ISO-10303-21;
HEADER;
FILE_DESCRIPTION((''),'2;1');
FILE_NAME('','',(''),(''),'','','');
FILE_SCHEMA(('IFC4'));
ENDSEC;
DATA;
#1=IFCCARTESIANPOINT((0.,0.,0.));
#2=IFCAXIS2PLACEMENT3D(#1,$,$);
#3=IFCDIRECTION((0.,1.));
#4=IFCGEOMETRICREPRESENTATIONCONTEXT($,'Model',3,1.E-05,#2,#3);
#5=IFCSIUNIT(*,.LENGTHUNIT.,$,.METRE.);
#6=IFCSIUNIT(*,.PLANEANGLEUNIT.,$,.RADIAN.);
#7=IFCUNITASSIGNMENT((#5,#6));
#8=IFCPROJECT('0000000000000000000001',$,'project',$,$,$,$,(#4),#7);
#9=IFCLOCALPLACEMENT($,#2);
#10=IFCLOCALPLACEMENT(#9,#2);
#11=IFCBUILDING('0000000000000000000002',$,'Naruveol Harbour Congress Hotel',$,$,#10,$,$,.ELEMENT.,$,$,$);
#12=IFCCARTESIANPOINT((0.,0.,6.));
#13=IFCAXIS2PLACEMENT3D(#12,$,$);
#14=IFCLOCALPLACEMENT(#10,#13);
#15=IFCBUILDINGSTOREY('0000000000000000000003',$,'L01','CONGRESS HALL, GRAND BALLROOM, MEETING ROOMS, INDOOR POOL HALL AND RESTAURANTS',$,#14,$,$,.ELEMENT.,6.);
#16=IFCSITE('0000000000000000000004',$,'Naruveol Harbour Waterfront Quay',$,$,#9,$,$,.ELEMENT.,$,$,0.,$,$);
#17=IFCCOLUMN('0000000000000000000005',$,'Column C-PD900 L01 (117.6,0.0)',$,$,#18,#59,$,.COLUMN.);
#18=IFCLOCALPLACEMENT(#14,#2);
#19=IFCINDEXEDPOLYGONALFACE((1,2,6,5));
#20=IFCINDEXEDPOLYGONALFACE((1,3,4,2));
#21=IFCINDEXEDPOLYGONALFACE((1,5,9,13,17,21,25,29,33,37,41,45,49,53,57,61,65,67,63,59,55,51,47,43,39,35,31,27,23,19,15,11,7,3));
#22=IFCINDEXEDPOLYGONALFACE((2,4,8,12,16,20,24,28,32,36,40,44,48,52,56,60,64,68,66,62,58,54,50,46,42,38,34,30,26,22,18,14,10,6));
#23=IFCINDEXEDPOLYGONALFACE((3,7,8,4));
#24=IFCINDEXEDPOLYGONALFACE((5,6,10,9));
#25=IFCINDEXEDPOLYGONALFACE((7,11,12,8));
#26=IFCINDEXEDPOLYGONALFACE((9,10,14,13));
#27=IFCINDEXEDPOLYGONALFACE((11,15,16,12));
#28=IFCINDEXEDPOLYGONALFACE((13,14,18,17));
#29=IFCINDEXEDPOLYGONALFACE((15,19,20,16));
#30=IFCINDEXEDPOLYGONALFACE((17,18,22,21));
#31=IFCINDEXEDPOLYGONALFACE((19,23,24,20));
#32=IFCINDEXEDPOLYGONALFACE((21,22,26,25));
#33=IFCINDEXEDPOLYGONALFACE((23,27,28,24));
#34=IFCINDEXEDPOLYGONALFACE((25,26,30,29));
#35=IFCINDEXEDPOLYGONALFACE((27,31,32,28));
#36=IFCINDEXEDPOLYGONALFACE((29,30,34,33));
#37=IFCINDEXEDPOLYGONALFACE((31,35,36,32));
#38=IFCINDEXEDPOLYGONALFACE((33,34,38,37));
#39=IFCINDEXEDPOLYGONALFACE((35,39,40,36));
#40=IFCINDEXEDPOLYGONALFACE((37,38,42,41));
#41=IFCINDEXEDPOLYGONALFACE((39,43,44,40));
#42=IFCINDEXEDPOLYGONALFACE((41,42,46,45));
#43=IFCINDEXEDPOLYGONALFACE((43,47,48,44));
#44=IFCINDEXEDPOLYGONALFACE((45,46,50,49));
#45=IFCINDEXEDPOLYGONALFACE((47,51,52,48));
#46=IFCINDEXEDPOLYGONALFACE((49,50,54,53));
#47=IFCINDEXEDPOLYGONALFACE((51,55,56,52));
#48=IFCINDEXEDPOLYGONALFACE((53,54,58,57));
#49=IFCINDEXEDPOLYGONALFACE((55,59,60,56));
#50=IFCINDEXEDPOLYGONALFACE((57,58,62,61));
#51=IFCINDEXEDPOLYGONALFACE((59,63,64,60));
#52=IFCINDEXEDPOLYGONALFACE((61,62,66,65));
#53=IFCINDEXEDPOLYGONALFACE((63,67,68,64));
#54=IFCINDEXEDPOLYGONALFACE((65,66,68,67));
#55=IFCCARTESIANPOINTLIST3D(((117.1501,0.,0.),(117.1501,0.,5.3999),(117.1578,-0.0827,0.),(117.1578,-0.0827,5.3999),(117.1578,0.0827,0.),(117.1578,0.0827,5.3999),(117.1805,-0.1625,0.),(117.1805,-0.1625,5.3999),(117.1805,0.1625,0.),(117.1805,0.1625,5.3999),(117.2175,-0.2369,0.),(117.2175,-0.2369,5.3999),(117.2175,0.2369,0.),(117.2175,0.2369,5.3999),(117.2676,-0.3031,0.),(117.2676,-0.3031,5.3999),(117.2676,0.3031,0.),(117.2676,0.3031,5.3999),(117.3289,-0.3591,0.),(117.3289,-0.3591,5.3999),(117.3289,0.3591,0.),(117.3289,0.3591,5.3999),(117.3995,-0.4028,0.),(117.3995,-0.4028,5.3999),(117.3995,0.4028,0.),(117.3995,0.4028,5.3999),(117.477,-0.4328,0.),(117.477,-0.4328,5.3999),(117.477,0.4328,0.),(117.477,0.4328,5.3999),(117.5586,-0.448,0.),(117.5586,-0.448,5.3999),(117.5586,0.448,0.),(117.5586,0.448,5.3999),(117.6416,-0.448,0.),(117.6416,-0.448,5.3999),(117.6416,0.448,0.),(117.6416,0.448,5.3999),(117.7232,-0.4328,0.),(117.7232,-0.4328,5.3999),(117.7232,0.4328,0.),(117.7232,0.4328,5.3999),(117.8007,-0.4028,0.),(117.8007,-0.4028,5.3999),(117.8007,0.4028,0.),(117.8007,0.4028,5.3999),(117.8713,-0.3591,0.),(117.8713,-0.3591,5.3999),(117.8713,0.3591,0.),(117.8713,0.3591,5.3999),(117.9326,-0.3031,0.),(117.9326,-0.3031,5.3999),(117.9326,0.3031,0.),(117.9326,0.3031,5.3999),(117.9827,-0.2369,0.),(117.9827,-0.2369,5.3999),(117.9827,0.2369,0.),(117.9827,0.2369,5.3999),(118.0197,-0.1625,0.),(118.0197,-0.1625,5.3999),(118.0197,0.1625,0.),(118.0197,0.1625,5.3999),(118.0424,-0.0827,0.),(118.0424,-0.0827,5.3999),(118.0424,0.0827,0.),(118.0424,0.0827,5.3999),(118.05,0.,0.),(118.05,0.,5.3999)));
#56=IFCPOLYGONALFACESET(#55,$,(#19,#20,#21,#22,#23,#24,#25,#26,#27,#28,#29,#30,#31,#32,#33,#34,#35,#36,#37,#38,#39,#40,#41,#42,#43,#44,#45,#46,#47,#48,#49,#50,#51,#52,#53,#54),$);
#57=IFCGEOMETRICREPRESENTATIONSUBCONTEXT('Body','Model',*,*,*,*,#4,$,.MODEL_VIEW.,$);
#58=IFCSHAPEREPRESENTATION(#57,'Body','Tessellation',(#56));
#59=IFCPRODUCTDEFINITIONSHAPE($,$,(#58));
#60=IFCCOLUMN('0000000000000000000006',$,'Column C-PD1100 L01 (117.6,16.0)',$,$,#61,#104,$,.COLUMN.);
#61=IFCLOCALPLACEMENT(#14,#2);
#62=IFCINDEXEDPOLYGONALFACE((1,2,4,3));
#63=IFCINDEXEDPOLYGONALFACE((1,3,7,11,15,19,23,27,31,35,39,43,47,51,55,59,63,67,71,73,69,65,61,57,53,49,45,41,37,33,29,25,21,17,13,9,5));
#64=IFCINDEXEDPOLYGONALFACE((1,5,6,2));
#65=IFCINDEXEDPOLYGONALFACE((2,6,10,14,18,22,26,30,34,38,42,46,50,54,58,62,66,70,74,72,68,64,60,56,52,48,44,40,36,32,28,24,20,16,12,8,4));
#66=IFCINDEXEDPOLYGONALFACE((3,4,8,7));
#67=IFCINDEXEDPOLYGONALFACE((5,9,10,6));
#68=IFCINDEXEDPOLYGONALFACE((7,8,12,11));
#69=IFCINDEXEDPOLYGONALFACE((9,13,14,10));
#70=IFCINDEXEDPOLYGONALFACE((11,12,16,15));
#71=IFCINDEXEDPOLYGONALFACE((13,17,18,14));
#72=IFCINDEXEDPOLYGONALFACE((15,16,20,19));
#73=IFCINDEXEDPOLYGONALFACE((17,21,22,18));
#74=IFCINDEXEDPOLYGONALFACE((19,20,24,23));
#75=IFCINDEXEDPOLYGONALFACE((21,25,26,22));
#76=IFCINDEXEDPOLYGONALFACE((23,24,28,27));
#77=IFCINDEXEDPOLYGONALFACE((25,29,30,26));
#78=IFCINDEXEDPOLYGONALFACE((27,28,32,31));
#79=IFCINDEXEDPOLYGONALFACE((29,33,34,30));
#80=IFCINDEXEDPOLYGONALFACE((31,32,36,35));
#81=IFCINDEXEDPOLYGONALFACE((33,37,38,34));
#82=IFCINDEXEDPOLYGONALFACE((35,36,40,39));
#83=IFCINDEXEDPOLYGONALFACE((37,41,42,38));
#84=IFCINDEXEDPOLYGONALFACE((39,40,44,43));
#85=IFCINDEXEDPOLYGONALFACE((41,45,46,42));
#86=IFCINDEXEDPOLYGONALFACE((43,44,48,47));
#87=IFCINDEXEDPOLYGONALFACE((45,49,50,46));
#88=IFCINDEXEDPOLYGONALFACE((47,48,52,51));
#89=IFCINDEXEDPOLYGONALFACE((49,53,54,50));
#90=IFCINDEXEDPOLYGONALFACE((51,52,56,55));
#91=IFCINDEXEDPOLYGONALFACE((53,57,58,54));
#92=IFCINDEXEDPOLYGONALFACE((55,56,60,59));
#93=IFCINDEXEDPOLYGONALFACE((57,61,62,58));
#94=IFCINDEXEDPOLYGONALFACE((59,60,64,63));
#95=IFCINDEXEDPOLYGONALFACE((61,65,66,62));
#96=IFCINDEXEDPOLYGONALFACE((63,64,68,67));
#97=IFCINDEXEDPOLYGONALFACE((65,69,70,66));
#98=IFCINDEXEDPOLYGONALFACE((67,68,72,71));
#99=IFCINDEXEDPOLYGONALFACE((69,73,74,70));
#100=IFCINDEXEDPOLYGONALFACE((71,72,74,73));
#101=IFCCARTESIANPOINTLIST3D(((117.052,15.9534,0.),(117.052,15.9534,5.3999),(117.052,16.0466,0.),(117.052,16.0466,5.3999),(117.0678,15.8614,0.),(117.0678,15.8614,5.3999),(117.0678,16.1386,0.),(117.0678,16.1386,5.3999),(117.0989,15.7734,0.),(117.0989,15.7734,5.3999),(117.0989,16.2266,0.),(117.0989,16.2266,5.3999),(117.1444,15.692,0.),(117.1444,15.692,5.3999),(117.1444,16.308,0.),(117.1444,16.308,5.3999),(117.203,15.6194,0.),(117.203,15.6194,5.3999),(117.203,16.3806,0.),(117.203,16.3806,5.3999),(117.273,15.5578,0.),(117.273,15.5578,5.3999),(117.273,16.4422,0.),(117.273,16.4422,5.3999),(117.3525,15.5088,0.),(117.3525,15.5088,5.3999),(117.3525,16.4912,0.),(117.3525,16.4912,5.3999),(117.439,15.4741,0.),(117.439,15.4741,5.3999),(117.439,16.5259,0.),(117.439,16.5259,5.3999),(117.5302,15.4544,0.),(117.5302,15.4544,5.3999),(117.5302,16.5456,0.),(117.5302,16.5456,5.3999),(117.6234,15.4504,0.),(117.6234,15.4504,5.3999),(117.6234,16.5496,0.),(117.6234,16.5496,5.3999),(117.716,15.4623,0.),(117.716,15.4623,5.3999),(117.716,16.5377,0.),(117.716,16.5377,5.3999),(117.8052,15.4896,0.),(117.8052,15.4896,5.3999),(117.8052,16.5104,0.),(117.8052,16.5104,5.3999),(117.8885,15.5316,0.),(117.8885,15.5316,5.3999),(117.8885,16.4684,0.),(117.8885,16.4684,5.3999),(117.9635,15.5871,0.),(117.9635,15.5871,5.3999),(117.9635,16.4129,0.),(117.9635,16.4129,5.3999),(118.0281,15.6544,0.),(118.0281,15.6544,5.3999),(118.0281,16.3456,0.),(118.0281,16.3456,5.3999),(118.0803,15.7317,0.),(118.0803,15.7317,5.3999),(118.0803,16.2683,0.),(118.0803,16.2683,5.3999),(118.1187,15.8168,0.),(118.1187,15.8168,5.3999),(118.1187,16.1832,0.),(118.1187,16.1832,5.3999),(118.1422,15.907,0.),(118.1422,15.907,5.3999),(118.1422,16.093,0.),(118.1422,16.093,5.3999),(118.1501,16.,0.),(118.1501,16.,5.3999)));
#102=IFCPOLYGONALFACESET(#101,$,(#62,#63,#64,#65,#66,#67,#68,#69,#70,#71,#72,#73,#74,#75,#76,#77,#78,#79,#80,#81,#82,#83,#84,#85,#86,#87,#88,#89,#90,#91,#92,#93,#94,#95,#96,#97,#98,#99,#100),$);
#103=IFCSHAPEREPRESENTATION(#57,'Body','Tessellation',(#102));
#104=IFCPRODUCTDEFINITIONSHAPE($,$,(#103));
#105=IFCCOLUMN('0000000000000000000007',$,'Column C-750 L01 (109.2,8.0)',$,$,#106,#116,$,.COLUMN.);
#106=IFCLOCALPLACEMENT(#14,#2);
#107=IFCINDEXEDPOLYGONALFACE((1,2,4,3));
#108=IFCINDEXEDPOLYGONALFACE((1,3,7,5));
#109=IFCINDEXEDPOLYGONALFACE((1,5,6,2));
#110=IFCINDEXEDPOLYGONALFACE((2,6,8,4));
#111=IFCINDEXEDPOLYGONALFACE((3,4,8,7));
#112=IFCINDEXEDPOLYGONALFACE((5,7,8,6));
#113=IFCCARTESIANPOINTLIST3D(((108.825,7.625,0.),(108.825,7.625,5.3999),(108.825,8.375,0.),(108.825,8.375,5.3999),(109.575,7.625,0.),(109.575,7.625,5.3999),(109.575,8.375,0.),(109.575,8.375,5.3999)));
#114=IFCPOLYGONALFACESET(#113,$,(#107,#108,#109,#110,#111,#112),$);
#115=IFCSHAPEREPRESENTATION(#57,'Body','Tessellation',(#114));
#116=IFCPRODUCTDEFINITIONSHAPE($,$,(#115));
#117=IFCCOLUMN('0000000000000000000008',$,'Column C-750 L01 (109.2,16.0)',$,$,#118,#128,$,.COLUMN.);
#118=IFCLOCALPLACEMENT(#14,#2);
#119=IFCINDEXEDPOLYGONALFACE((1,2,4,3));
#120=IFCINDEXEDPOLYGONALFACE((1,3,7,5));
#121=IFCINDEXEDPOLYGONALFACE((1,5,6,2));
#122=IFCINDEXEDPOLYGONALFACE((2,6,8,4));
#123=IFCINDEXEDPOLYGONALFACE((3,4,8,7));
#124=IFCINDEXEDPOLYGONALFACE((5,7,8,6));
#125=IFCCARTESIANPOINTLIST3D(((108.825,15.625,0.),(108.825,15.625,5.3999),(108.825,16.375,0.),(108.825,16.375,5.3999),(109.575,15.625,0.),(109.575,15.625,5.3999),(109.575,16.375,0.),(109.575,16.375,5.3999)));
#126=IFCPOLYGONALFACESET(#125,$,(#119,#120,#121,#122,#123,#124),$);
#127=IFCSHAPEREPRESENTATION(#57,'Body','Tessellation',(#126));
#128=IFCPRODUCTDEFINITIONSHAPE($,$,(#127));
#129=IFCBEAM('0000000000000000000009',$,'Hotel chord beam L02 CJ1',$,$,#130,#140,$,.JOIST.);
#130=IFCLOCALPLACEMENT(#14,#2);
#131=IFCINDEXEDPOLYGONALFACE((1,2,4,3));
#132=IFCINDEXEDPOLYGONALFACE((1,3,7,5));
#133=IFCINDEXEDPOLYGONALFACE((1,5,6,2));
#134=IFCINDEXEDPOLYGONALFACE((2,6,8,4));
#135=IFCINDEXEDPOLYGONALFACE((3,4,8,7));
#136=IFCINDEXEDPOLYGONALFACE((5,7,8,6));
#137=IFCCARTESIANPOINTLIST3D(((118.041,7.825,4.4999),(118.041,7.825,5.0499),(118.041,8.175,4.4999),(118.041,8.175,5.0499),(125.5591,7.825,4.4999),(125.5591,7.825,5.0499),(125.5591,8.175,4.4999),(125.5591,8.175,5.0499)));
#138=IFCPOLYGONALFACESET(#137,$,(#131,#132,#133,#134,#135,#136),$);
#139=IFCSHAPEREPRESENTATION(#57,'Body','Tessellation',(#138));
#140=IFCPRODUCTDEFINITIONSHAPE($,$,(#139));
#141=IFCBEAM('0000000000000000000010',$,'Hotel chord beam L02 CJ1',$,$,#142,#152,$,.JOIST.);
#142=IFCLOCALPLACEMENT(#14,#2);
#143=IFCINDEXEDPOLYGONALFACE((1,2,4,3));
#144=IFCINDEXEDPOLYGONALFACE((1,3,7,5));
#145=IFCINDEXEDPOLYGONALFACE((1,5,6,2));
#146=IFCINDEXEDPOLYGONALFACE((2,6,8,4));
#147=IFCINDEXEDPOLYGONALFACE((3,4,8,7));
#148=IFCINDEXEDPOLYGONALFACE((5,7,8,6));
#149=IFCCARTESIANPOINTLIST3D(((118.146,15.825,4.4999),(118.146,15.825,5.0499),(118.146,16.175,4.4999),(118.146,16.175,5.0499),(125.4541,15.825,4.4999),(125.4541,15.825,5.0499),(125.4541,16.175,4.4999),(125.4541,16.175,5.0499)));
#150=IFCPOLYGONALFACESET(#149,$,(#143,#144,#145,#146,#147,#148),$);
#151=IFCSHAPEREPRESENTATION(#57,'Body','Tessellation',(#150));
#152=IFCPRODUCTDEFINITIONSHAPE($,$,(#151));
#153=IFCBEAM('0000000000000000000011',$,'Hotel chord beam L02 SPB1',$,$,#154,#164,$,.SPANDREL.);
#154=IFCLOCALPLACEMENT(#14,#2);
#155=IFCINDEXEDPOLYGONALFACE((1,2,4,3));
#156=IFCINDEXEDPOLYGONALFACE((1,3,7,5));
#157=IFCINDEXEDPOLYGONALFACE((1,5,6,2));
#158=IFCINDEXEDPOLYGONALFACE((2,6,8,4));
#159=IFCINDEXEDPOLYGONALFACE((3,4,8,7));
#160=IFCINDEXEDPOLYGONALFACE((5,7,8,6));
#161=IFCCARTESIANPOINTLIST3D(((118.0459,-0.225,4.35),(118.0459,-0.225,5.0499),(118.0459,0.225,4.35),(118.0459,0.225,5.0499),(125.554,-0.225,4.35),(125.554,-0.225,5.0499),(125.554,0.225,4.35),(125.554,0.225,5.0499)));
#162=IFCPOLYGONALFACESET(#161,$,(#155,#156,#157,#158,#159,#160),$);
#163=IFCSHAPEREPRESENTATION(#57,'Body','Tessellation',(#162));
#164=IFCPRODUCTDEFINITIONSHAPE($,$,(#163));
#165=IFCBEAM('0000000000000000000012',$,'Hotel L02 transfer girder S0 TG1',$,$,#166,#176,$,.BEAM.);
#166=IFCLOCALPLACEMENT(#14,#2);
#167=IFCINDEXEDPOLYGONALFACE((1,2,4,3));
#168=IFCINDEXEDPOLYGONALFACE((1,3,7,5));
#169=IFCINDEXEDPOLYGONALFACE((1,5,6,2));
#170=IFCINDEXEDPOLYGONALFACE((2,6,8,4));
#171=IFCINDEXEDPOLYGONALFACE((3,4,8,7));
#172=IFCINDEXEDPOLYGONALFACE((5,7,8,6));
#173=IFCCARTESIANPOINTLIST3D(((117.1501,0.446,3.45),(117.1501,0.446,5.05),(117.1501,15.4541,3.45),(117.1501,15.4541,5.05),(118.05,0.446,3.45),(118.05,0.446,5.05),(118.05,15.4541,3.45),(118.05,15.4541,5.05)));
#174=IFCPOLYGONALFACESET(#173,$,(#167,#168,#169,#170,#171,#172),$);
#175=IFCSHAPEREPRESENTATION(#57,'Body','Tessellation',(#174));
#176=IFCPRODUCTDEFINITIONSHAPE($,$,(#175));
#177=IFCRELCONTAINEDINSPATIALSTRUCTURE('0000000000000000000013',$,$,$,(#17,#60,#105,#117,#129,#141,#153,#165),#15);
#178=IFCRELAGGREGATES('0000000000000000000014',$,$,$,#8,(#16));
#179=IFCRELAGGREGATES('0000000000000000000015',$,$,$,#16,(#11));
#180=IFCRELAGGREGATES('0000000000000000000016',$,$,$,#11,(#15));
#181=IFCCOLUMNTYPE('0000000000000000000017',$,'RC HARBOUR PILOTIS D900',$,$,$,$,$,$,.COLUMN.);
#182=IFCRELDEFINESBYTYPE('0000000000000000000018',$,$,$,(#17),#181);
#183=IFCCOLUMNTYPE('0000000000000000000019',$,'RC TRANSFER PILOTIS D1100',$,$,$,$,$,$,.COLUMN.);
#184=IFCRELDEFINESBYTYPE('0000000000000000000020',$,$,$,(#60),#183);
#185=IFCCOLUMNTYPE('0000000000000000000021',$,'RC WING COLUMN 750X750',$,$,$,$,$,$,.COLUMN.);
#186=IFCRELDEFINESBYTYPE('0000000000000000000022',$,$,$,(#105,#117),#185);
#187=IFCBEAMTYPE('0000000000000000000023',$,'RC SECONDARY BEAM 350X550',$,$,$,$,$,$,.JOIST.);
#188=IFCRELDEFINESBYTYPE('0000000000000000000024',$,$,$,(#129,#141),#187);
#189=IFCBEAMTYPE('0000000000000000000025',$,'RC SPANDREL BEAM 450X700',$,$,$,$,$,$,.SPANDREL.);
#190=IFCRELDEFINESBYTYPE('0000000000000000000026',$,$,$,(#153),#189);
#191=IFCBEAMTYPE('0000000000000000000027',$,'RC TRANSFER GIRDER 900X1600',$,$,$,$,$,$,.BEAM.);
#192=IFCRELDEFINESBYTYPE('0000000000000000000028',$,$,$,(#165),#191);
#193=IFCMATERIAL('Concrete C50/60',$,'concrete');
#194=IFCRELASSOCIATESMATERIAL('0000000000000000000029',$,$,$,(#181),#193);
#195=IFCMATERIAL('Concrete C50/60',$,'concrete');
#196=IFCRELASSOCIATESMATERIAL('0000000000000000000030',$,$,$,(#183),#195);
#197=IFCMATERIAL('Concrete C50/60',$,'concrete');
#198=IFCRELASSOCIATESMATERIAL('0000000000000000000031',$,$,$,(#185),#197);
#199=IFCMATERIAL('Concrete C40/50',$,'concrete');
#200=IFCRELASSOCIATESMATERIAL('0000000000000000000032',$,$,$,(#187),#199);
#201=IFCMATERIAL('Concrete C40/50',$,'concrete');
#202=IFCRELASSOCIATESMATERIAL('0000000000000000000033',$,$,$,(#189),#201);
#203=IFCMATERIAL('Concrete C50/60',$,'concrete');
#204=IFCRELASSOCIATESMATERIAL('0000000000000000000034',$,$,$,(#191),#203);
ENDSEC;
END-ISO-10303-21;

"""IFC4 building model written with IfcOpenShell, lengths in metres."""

from ifc_helpers import new_model, si_unit, direction, frame, origin, origin_2d, place, context, subcontext, project, spatial, rectangle, circle, extrude, material, material_profile, profile_set, type_object, element, save


model = new_model("IFC4")

# Units and contexts
model_context = context("Model", 3, precision=1e-05, world=origin(), true_north=direction((0.0, 1.0)))
body_context = subcontext(model_context, "Body", "Model", "MODEL_VIEW")
ifc_project = project(units=[si_unit("LENGTHUNIT", "METRE"), si_unit("PLANEANGLEUNIT", "RADIAN")], contexts=[model_context])

# Site, building, storey
site_placement = place(None, origin())
site = spatial("IfcSite", under=ifc_project, at=site_placement, Name="Naruveol Harbour Waterfront Quay", CompositionType="ELEMENT", RefElevation=0.0)
building_placement = place(site_placement, origin())
building = spatial("IfcBuilding", under=site, at=building_placement, Name="Naruveol Harbour Congress Hotel", CompositionType="ELEMENT")
storey_placement = place(building_placement, frame((0.0, 0.0, 6.0)))
storey = spatial("IfcBuildingStorey", under=building, at=storey_placement, Name="L01", Description="CONGRESS HALL, GRAND BALLROOM, MEETING ROOMS, INDOOR POOL HALL AND RESTAURANTS", CompositionType="ELEMENT", Elevation=6.0)

# Columns
ifc_material_1 = material(Name="Concrete C50/60", Category="concrete")
ifc_material_profile_1 = material_profile(ifc_material_1, circle(Radius=0.45, at=origin_2d()), Name="RC-D900")
ifc_profile_set_1 = profile_set([ifc_material_profile_1], Name="Concrete C50/60")
column_type_1 = type_object("IfcColumnType", Name="RC HARBOUR PILOTIS D900", PredefinedType="COLUMN", material=ifc_profile_set_1)
column_1_placement = place(storey_placement, frame((117.6001, 0.0, 0.0), z_axis=(0.0, 0.0, 1.0), x_axis=(1.0, 0.0, 0.0)))
element("IfcColumn", 1, at=column_1_placement, inside=storey, type_object=column_type_1, Name="Column C-PD900 L01 (117.6,0.0)", PredefinedType="COLUMN", context=body_context, shape_type="SweptSolid", body=[
    extrude(circle(Radius=0.45, at=origin_2d()), origin(), (0.0, 0.0, 1.0), 5.3999),
])
ifc_material_2 = material(Name="Concrete C50/60", Category="concrete")
ifc_material_profile_2 = material_profile(ifc_material_2, circle(Radius=0.55, at=origin_2d()), Name="RC-D1100")
ifc_profile_set_2 = profile_set([ifc_material_profile_2], Name="Concrete C50/60")
column_type_2 = type_object("IfcColumnType", Name="RC TRANSFER PILOTIS D1100", PredefinedType="COLUMN", material=ifc_profile_set_2)
column_2_placement = place(storey_placement, frame((117.6001, 16.0, 0.0), z_axis=(0.0, 0.0, 1.0), x_axis=(1.0, 0.0, 0.0)))
element("IfcColumn", 2, at=column_2_placement, inside=storey, type_object=column_type_2, Name="Column C-PD1100 L01 (117.6,16.0)", PredefinedType="COLUMN", context=body_context, shape_type="SweptSolid", body=[
    extrude(circle(Radius=0.55, at=origin_2d()), origin(), (0.0, 0.0, 1.0), 5.3999),
])
ifc_material_3 = material(Name="Concrete C50/60", Category="concrete")
ifc_material_profile_3 = material_profile(ifc_material_3, rectangle(XDim=0.75, YDim=0.75, at=origin_2d()), Name="RC-750x750")
ifc_profile_set_3 = profile_set([ifc_material_profile_3], Name="Concrete C50/60")
column_type_3 = type_object("IfcColumnType", Name="RC WING COLUMN 750X750", PredefinedType="COLUMN", material=ifc_profile_set_3)
for number, where, z_axis, x_axis, name in (
    (3, (109.2, 8.0, 0.0), (0.0, 0.0, 1.0), (1.0, 0.0, 0.0), "Column C-750 L01 (109.2,8.0)"),
    (4, (109.2, 16.0, 0.0), (0.0, 0.0, 1.0), (1.0, 0.0, 0.0), "Column C-750 L01 (109.2,16.0)"),
):
    element("IfcColumn", number, at=place(storey_placement, frame(where, z_axis=z_axis, x_axis=x_axis)), inside=storey, type_object=column_type_3, Name=name, PredefinedType="COLUMN", context=body_context, shape_type="SweptSolid", body=[
        extrude(rectangle(XDim=0.75, YDim=0.75, at=origin_2d()), origin(), (0.0, 0.0, 1.0), 5.3999),
    ])

# Beams
ifc_material_4 = material(Name="Concrete C40/50", Category="concrete")
ifc_material_profile_4 = material_profile(ifc_material_4, rectangle(XDim=0.3501, YDim=0.55, at=origin_2d()), Name="RCB-350x550")
ifc_profile_set_4 = profile_set([ifc_material_profile_4], Name="Concrete C40/50")
beam_type_1 = type_object("IfcBeamType", Name="RC SECONDARY BEAM 350X550", PredefinedType="JOIST", material=ifc_profile_set_4)
beam_1_placement = place(storey_placement, frame((118.041, 8.0, 4.7749), z_axis=(1.0, 0.0, 0.0), x_axis=(0.0, 1.0, 0.0)))
element("IfcBeam", 5, at=beam_1_placement, inside=storey, type_object=beam_type_1, Name="Hotel chord beam L02 CJ1", PredefinedType="JOIST", context=body_context, shape_type="SweptSolid", body=[
    extrude(rectangle(XDim=0.3501, YDim=0.55, at=origin_2d()), origin(), (0.0, 0.0, 1.0), 7.5181),
])
beam_2_placement = place(storey_placement, frame((118.146, 16.0, 4.7749), z_axis=(1.0, 0.0, 0.0), x_axis=(0.0, 1.0, 0.0)))
element("IfcBeam", 6, at=beam_2_placement, inside=storey, type_object=beam_type_1, Name="Hotel chord beam L02 CJ1", PredefinedType="JOIST", context=body_context, shape_type="SweptSolid", body=[
    extrude(rectangle(XDim=0.3501, YDim=0.55, at=origin_2d()), origin(), (0.0, 0.0, 1.0), 7.3081),
])
ifc_material_5 = material(Name="Concrete C40/50", Category="concrete")
ifc_material_profile_5 = material_profile(ifc_material_5, rectangle(XDim=0.45, YDim=0.7, at=origin_2d()), Name="RCB-450x700")
ifc_profile_set_5 = profile_set([ifc_material_profile_5], Name="Concrete C40/50")
beam_type_2 = type_object("IfcBeamType", Name="RC SPANDREL BEAM 450X700", PredefinedType="SPANDREL", material=ifc_profile_set_5)
beam_3_placement = place(storey_placement, frame((118.0459, 0.0, 4.7), z_axis=(1.0, 0.0, 0.0), x_axis=(0.0, 1.0, 0.0)))
element("IfcBeam", 7, at=beam_3_placement, inside=storey, type_object=beam_type_2, Name="Hotel chord beam L02 SPB1", PredefinedType="SPANDREL", context=body_context, shape_type="SweptSolid", body=[
    extrude(rectangle(XDim=0.45, YDim=0.7, at=origin_2d()), origin(), (0.0, 0.0, 1.0), 7.5081),
])
ifc_material_6 = material(Name="Concrete C50/60", Category="concrete")
ifc_material_profile_6 = material_profile(ifc_material_6, rectangle(XDim=0.8999, YDim=1.6001, at=origin_2d()), Name="RCB-900x1600")
ifc_profile_set_6 = profile_set([ifc_material_profile_6], Name="Concrete C50/60")
beam_type_3 = type_object("IfcBeamType", Name="RC TRANSFER GIRDER 900X1600", PredefinedType="BEAM", material=ifc_profile_set_6)
beam_4_placement = place(storey_placement, frame((117.6001, 0.446, 4.25), z_axis=(0.0, 1.0, 0.0), x_axis=(-1.0, 0.0, 0.0)))
element("IfcBeam", 8, at=beam_4_placement, inside=storey, type_object=beam_type_3, Name="Hotel L02 transfer girder S0 TG1", PredefinedType="BEAM", context=body_context, shape_type="SweptSolid", body=[
    extrude(rectangle(XDim=0.8999, YDim=1.6001, at=origin_2d()), origin(), (0.0, 0.0, 1.0), 15.0081),
])

save(model, "model.ifc")
